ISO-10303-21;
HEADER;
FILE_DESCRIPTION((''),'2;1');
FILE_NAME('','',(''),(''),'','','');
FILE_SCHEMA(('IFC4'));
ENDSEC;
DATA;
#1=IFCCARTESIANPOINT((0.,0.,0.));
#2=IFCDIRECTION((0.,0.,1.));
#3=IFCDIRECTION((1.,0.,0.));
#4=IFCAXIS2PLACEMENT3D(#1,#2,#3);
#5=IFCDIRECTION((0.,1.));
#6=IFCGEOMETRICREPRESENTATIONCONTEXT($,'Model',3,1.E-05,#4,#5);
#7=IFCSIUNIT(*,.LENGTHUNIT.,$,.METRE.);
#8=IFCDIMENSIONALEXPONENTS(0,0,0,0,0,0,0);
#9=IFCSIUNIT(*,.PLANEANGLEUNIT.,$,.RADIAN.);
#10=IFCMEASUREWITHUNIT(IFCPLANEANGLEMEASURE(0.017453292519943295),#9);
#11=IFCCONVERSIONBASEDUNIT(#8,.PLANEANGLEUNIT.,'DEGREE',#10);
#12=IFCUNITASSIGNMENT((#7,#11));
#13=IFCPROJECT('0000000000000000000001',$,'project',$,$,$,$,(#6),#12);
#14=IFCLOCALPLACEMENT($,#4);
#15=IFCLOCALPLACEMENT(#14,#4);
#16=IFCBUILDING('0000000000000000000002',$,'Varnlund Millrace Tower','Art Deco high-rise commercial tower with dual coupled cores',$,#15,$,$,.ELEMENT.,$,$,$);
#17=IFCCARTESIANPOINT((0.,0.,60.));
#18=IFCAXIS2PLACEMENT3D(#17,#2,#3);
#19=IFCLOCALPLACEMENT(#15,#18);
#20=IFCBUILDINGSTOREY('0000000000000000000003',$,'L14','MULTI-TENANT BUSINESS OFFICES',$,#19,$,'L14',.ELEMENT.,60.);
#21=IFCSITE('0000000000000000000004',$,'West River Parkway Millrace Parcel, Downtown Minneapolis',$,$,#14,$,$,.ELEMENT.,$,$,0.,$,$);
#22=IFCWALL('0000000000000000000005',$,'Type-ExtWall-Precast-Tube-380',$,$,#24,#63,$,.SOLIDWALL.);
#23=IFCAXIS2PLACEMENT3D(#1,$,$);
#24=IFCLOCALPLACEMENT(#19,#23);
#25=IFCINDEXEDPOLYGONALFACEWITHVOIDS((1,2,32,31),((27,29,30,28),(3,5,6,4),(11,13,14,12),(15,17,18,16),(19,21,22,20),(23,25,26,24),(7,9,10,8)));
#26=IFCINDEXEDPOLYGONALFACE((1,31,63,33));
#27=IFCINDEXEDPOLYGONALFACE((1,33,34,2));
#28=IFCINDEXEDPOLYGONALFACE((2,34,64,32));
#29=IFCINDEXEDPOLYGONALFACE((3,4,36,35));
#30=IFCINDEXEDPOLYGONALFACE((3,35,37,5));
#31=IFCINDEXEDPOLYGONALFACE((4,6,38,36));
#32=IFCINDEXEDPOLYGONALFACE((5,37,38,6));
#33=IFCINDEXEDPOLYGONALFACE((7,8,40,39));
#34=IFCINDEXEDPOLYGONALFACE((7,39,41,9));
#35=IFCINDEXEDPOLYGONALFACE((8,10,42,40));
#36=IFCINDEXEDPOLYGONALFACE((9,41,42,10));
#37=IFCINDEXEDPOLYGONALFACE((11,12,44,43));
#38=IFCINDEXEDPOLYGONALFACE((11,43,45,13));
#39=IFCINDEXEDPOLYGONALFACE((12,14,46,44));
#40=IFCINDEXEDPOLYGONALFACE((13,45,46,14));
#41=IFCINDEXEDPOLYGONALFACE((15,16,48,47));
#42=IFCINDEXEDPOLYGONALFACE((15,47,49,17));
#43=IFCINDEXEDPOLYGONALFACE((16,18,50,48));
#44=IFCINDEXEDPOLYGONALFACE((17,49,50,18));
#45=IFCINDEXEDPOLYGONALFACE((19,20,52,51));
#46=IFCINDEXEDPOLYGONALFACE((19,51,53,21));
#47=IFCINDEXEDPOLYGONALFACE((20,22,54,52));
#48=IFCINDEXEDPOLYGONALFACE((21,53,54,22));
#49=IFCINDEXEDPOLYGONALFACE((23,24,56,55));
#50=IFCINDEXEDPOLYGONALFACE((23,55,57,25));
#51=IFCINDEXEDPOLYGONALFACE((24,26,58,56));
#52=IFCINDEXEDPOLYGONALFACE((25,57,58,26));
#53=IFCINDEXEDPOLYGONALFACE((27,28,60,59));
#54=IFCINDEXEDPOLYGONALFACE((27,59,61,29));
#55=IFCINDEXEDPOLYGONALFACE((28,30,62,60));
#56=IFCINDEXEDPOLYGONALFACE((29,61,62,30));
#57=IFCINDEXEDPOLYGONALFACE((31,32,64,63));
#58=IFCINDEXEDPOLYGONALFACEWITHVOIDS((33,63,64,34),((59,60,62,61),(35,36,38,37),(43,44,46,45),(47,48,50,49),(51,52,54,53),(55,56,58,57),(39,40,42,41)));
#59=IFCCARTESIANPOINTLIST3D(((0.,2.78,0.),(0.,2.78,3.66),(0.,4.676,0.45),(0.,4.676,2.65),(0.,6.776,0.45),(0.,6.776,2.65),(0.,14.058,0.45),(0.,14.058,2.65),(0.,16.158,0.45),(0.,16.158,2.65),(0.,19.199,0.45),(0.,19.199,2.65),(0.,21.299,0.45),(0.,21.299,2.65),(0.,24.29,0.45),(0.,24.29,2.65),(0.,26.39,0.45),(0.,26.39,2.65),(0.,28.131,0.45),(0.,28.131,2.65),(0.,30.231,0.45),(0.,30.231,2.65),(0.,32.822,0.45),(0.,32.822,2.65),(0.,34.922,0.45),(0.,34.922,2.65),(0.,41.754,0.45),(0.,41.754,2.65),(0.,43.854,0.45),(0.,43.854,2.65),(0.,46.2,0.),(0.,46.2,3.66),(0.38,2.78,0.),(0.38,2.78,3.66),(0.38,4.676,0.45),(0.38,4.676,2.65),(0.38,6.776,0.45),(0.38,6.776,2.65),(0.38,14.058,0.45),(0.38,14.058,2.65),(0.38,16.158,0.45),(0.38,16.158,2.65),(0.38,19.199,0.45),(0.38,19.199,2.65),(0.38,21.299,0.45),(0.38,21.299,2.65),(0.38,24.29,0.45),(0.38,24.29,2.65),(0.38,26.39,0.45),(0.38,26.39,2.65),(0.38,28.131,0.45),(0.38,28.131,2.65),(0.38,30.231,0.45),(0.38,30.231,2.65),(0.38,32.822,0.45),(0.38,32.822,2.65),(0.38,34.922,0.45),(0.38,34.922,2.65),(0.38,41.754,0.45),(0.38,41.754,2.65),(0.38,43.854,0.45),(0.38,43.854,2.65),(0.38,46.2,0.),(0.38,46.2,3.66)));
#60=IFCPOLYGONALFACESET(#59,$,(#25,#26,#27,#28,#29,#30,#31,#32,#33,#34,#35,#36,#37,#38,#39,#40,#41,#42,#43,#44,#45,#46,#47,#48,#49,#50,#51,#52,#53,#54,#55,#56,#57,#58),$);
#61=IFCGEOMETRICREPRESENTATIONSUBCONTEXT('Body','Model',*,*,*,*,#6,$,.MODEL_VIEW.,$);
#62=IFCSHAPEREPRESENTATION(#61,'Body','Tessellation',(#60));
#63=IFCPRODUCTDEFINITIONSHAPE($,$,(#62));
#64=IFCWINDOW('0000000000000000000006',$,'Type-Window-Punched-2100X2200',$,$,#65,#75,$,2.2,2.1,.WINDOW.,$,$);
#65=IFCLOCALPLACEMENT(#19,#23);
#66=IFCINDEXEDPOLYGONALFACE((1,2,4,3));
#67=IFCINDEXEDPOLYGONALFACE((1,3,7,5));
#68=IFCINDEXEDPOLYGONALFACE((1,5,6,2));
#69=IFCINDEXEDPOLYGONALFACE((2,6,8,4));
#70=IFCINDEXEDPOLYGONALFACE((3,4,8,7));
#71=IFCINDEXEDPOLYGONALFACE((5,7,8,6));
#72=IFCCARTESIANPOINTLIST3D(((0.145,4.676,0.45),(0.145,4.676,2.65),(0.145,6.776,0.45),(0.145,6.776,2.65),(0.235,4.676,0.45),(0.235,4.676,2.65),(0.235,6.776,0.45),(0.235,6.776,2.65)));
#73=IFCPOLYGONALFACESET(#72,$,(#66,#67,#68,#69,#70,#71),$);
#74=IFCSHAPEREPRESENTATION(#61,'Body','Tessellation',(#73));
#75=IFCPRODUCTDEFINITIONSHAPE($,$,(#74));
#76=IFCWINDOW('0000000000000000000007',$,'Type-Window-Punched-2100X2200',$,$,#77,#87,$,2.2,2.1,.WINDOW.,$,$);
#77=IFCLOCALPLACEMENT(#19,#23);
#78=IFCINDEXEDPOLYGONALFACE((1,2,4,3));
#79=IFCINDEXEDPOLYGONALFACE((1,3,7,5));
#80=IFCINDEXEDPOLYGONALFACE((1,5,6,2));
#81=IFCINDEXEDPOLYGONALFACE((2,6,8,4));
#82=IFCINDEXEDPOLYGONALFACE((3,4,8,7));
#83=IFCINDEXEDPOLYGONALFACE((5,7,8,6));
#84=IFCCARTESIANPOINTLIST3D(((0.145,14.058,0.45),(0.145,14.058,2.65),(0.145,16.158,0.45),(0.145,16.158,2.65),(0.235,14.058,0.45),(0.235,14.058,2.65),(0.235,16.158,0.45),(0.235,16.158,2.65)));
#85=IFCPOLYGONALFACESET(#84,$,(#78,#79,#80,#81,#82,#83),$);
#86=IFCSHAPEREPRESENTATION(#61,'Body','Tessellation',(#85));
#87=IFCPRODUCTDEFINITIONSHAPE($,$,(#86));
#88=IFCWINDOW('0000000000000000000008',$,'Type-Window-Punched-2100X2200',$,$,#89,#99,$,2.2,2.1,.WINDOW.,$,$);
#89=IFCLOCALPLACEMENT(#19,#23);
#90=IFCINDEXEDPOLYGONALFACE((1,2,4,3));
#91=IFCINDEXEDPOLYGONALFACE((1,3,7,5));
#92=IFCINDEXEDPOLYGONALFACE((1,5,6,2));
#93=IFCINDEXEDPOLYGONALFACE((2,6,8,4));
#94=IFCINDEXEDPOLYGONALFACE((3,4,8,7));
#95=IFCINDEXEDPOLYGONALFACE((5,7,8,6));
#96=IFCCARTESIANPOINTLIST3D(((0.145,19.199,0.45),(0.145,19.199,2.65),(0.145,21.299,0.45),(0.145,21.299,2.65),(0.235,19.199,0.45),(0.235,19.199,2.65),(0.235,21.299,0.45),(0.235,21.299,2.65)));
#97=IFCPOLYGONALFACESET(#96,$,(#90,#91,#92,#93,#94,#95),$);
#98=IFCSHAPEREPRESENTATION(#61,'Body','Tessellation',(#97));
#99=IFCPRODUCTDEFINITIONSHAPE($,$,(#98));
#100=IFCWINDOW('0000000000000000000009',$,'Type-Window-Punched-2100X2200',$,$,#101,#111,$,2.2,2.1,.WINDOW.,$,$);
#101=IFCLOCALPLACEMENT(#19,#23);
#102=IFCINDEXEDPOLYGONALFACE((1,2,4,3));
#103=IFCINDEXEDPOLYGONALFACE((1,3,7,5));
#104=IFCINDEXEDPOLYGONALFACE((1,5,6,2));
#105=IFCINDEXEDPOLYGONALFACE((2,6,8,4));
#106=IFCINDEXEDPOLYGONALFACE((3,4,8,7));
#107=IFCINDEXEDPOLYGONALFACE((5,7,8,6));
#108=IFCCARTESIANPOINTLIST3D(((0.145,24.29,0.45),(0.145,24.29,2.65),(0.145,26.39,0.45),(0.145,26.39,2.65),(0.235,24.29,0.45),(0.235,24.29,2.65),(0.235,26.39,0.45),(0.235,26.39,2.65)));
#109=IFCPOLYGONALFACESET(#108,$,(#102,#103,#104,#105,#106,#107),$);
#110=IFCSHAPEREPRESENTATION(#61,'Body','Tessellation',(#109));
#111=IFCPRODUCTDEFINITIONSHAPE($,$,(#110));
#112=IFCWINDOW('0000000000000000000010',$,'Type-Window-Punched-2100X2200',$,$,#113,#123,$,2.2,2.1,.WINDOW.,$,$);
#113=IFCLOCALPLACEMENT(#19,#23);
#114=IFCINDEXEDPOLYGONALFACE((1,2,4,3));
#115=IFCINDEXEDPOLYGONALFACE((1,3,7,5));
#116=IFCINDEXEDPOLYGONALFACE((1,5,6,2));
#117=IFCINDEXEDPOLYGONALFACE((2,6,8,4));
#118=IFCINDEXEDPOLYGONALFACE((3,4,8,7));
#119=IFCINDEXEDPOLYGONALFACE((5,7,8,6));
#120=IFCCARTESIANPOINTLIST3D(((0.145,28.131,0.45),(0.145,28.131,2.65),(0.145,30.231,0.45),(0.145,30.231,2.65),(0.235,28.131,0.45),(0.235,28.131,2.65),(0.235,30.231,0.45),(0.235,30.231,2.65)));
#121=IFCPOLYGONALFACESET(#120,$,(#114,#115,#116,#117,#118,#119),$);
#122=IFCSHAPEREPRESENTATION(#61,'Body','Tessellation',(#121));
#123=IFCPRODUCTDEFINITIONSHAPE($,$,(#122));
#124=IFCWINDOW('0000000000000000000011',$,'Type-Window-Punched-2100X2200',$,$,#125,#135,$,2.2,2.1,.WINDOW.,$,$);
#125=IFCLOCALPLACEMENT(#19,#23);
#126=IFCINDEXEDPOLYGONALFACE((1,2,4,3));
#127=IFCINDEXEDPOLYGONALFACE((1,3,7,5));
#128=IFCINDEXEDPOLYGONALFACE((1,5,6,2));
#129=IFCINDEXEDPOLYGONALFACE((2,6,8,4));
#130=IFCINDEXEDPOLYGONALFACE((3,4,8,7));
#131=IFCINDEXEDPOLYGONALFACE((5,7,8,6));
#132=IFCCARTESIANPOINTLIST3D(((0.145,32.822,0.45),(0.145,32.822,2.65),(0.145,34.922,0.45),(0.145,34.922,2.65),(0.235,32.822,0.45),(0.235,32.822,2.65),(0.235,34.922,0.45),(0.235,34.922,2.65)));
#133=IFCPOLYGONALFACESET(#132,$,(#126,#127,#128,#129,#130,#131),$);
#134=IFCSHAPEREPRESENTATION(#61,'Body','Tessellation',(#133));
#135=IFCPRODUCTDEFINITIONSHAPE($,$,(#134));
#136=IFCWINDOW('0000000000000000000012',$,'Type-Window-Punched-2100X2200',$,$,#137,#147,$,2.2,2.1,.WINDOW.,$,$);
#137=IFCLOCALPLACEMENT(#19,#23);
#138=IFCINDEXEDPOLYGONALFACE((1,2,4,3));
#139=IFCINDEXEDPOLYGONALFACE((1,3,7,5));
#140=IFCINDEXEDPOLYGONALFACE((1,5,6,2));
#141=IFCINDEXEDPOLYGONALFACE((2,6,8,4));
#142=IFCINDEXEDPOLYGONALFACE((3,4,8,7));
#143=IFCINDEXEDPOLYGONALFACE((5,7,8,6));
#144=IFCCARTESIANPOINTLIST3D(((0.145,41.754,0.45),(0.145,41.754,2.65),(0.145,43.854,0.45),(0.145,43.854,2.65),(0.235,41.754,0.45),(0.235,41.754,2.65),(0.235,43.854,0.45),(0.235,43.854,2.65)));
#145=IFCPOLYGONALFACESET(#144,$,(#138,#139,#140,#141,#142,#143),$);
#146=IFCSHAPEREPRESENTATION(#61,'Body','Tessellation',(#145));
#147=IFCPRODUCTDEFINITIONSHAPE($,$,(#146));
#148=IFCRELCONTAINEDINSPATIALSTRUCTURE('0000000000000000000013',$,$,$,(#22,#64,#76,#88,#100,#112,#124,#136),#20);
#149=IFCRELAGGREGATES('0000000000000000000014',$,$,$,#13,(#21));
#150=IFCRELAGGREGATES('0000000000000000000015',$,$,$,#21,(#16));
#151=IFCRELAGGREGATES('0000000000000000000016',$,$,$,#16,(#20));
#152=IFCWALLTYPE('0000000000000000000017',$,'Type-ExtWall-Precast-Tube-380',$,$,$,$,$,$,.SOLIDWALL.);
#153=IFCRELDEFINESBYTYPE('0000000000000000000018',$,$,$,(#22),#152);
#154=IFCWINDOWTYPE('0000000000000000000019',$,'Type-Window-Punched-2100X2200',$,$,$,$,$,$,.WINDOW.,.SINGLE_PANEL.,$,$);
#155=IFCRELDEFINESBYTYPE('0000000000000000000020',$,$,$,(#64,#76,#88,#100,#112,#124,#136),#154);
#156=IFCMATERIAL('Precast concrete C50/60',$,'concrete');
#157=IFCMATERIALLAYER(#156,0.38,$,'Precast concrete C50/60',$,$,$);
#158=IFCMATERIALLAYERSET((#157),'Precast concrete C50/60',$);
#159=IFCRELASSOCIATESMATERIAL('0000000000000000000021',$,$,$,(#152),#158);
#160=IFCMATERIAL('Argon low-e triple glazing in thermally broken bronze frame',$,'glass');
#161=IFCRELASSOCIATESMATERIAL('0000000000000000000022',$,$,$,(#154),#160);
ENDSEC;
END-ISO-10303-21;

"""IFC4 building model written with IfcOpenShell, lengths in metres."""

from ifc_helpers import new_model, entity, si_unit, converted_unit, direction, frame, origin_with_axes, origin_2d_with_axis, place, context, subcontext, project, spatial, polyline, rectangle, outline, extrude, material, layer, layer_set, type_object, element, fill, save


model = new_model("IFC4")

# Units and contexts
model_context = context("Model", 3, precision=1e-05, world=origin_with_axes(), true_north=direction((0.0, 1.0)))
body_context = subcontext(model_context, "Body", "Model", "MODEL_VIEW")
ifc_project = project(units=[si_unit("LENGTHUNIT", "METRE"), converted_unit("PLANEANGLEUNIT", "DEGREE", entity("IfcPlaneAngleMeasure", 0.017453292519943295), si_unit("PLANEANGLEUNIT", "RADIAN"), dimensions=[0, 0, 0, 0, 0, 0, 0])], contexts=[model_context])

# Site, building, storey
site_placement = place(None, origin_with_axes())
site = spatial("IfcSite", under=ifc_project, at=site_placement, Name="West River Parkway Millrace Parcel, Downtown Minneapolis", CompositionType="ELEMENT", RefElevation=0.0)
building_placement = place(site_placement, origin_with_axes())
building = spatial("IfcBuilding", under=site, at=building_placement, Name="Varnlund Millrace Tower", Description="Art Deco high-rise commercial tower with dual coupled cores", CompositionType="ELEMENT")
storey_placement = place(building_placement, frame((0.0, 0.0, 60.0), z_axis=(0.0, 0.0, 1.0), x_axis=(1.0, 0.0, 0.0)))
storey = spatial("IfcBuildingStorey", under=building, at=storey_placement, Name="L14", Description="MULTI-TENANT BUSINESS OFFICES", LongName="L14", CompositionType="ELEMENT", Elevation=60.0)

# Shared definitions
ifc_material_1 = material(Name="Precast concrete C50/60", Category="concrete")
ifc_layer_1 = layer(ifc_material_1, 0.38, Name="Precast concrete C50/60")
ifc_layer_set_1 = layer_set([ifc_layer_1], Name="Precast concrete C50/60")
wall_type = type_object("IfcWallType", Name="Type-ExtWall-Precast-Tube-380", PredefinedType="SOLIDWALL", material=ifc_layer_set_1)

# Wall, openings, windows
wall_1_placement = place(storey_placement, frame((0.19, 2.78, 0.0), z_axis=(0.0, 0.0, 1.0), x_axis=(0.0, 1.0, 0.0)))
wall_1 = element("IfcWall", 1, at=wall_1_placement, inside=storey, type_object=wall_type, Name="Type-ExtWall-Precast-Tube-380", PredefinedType="SOLIDWALL", context=body_context, shape_type="SweptSolid", body=[
    extrude(outline(polyline([(0.0, -0.19), (43.42, -0.19), (43.42, 0.19), (0.0, 0.19), (0.0, -0.19)])), origin_with_axes(), (0.0, 0.0, 1.0), 3.66),
])
opening_1_placement = place(wall_1_placement, frame((2.946, 0.0, 0.45), z_axis=(0.0, 0.0, 1.0), x_axis=(1.0, 0.0, 0.0)))
opening_1 = element("IfcOpeningElement", 2, at=opening_1_placement, cuts=wall_1, PredefinedType="OPENING", context=body_context, shape_type="SweptSolid", body=[
    extrude(rectangle(XDim=2.1, YDim=0.4, at=origin_2d_with_axis()), origin_with_axes(), (0.0, 0.0, 1.0), 2.2),
])
opening_2_placement = place(wall_1_placement, frame((12.328, 0.0, 0.45), z_axis=(0.0, 0.0, 1.0), x_axis=(1.0, 0.0, 0.0)))
opening_2 = element("IfcOpeningElement", 3, at=opening_2_placement, cuts=wall_1, PredefinedType="OPENING", context=body_context, shape_type="SweptSolid", body=[
    extrude(rectangle(XDim=2.1, YDim=0.4, at=origin_2d_with_axis()), origin_with_axes(), (0.0, 0.0, 1.0), 2.2),
])
opening_3_placement = place(wall_1_placement, frame((17.469, 0.0, 0.45), z_axis=(0.0, 0.0, 1.0), x_axis=(1.0, 0.0, 0.0)))
opening_3 = element("IfcOpeningElement", 4, at=opening_3_placement, cuts=wall_1, PredefinedType="OPENING", context=body_context, shape_type="SweptSolid", body=[
    extrude(rectangle(XDim=2.1, YDim=0.4, at=origin_2d_with_axis()), origin_with_axes(), (0.0, 0.0, 1.0), 2.2),
])
opening_4_placement = place(wall_1_placement, frame((22.56, 0.0, 0.45), z_axis=(0.0, 0.0, 1.0), x_axis=(1.0, 0.0, 0.0)))
opening_4 = element("IfcOpeningElement", 5, at=opening_4_placement, cuts=wall_1, PredefinedType="OPENING", context=body_context, shape_type="SweptSolid", body=[
    extrude(rectangle(XDim=2.1, YDim=0.4, at=origin_2d_with_axis()), origin_with_axes(), (0.0, 0.0, 1.0), 2.2),
])
opening_5_placement = place(wall_1_placement, frame((26.401, 0.0, 0.45), z_axis=(0.0, 0.0, 1.0), x_axis=(1.0, 0.0, 0.0)))
opening_5 = element("IfcOpeningElement", 6, at=opening_5_placement, cuts=wall_1, PredefinedType="OPENING", context=body_context, shape_type="SweptSolid", body=[
    extrude(rectangle(XDim=2.1, YDim=0.4, at=origin_2d_with_axis()), origin_with_axes(), (0.0, 0.0, 1.0), 2.2),
])
opening_6_placement = place(wall_1_placement, frame((31.092, 0.0, 0.45), z_axis=(0.0, 0.0, 1.0), x_axis=(1.0, 0.0, 0.0)))
opening_6 = element("IfcOpeningElement", 7, at=opening_6_placement, cuts=wall_1, PredefinedType="OPENING", context=body_context, shape_type="SweptSolid", body=[
    extrude(rectangle(XDim=2.1, YDim=0.4, at=origin_2d_with_axis()), origin_with_axes(), (0.0, 0.0, 1.0), 2.2),
])
opening_7_placement = place(wall_1_placement, frame((40.024, 0.0, 0.45), z_axis=(0.0, 0.0, 1.0), x_axis=(1.0, 0.0, 0.0)))
opening_7 = element("IfcOpeningElement", 8, at=opening_7_placement, cuts=wall_1, PredefinedType="OPENING", context=body_context, shape_type="SweptSolid", body=[
    extrude(rectangle(XDim=2.1, YDim=0.4, at=origin_2d_with_axis()), origin_with_axes(), (0.0, 0.0, 1.0), 2.2),
])
ifc_material_2 = material(Name="Argon low-e triple glazing in thermally broken bronze frame", Category="glass")
window_type = type_object("IfcWindowType", Name="Type-Window-Punched-2100X2200", PartitioningType="SINGLE_PANEL", PredefinedType="WINDOW", material=ifc_material_2)
window_1_placement = place(wall_1_placement, frame((2.946, 0.0, 0.45), z_axis=(0.0, 0.0, 1.0), x_axis=(1.0, 0.0, 0.0)))
window_1 = element("IfcWindow", 9, at=window_1_placement, inside=storey, type_object=window_type, Name="Type-Window-Punched-2100X2200", OverallHeight=2.2, OverallWidth=2.1, PredefinedType="WINDOW", context=body_context, shape_type="SweptSolid", body=[
    extrude(rectangle(XDim=2.1, YDim=0.09, at=origin_2d_with_axis()), origin_with_axes(), (0.0, 0.0, 1.0), 2.2),
])
fill(opening_1, window_1)
window_2_placement = place(wall_1_placement, frame((12.328, 0.0, 0.45), z_axis=(0.0, 0.0, 1.0), x_axis=(1.0, 0.0, 0.0)))
window_2 = element("IfcWindow", 10, at=window_2_placement, inside=storey, type_object=window_type, Name="Type-Window-Punched-2100X2200", OverallHeight=2.2, OverallWidth=2.1, PredefinedType="WINDOW", context=body_context, shape_type="SweptSolid", body=[
    extrude(rectangle(XDim=2.1, YDim=0.09, at=origin_2d_with_axis()), origin_with_axes(), (0.0, 0.0, 1.0), 2.2),
])
fill(opening_2, window_2)
window_3_placement = place(wall_1_placement, frame((17.469, 0.0, 0.45), z_axis=(0.0, 0.0, 1.0), x_axis=(1.0, 0.0, 0.0)))
window_3 = element("IfcWindow", 11, at=window_3_placement, inside=storey, type_object=window_type, Name="Type-Window-Punched-2100X2200", OverallHeight=2.2, OverallWidth=2.1, PredefinedType="WINDOW", context=body_context, shape_type="SweptSolid", body=[
    extrude(rectangle(XDim=2.1, YDim=0.09, at=origin_2d_with_axis()), origin_with_axes(), (0.0, 0.0, 1.0), 2.2),
])
fill(opening_3, window_3)
window_4_placement = place(wall_1_placement, frame((22.56, 0.0, 0.45), z_axis=(0.0, 0.0, 1.0), x_axis=(1.0, 0.0, 0.0)))
window_4 = element("IfcWindow", 12, at=window_4_placement, inside=storey, type_object=window_type, Name="Type-Window-Punched-2100X2200", OverallHeight=2.2, OverallWidth=2.1, PredefinedType="WINDOW", context=body_context, shape_type="SweptSolid", body=[
    extrude(rectangle(XDim=2.1, YDim=0.09, at=origin_2d_with_axis()), origin_with_axes(), (0.0, 0.0, 1.0), 2.2),
])
fill(opening_4, window_4)
window_5_placement = place(wall_1_placement, frame((26.401, 0.0, 0.45), z_axis=(0.0, 0.0, 1.0), x_axis=(1.0, 0.0, 0.0)))
window_5 = element("IfcWindow", 13, at=window_5_placement, inside=storey, type_object=window_type, Name="Type-Window-Punched-2100X2200", OverallHeight=2.2, OverallWidth=2.1, PredefinedType="WINDOW", context=body_context, shape_type="SweptSolid", body=[
    extrude(rectangle(XDim=2.1, YDim=0.09, at=origin_2d_with_axis()), origin_with_axes(), (0.0, 0.0, 1.0), 2.2),
])
fill(opening_5, window_5)
window_6_placement = place(wall_1_placement, frame((31.092, 0.0, 0.45), z_axis=(0.0, 0.0, 1.0), x_axis=(1.0, 0.0, 0.0)))
window_6 = element("IfcWindow", 14, at=window_6_placement, inside=storey, type_object=window_type, Name="Type-Window-Punched-2100X2200", OverallHeight=2.2, OverallWidth=2.1, PredefinedType="WINDOW", context=body_context, shape_type="SweptSolid", body=[
    extrude(rectangle(XDim=2.1, YDim=0.09, at=origin_2d_with_axis()), origin_with_axes(), (0.0, 0.0, 1.0), 2.2),
])
fill(opening_6, window_6)
window_7_placement = place(wall_1_placement, frame((40.024, 0.0, 0.45), z_axis=(0.0, 0.0, 1.0), x_axis=(1.0, 0.0, 0.0)))
window_7 = element("IfcWindow", 15, at=window_7_placement, inside=storey, type_object=window_type, Name="Type-Window-Punched-2100X2200", OverallHeight=2.2, OverallWidth=2.1, PredefinedType="WINDOW", context=body_context, shape_type="SweptSolid", body=[
    extrude(rectangle(XDim=2.1, YDim=0.09, at=origin_2d_with_axis()), origin_with_axes(), (0.0, 0.0, 1.0), 2.2),
])
fill(opening_7, window_7)

save(model, "model.ifc")
